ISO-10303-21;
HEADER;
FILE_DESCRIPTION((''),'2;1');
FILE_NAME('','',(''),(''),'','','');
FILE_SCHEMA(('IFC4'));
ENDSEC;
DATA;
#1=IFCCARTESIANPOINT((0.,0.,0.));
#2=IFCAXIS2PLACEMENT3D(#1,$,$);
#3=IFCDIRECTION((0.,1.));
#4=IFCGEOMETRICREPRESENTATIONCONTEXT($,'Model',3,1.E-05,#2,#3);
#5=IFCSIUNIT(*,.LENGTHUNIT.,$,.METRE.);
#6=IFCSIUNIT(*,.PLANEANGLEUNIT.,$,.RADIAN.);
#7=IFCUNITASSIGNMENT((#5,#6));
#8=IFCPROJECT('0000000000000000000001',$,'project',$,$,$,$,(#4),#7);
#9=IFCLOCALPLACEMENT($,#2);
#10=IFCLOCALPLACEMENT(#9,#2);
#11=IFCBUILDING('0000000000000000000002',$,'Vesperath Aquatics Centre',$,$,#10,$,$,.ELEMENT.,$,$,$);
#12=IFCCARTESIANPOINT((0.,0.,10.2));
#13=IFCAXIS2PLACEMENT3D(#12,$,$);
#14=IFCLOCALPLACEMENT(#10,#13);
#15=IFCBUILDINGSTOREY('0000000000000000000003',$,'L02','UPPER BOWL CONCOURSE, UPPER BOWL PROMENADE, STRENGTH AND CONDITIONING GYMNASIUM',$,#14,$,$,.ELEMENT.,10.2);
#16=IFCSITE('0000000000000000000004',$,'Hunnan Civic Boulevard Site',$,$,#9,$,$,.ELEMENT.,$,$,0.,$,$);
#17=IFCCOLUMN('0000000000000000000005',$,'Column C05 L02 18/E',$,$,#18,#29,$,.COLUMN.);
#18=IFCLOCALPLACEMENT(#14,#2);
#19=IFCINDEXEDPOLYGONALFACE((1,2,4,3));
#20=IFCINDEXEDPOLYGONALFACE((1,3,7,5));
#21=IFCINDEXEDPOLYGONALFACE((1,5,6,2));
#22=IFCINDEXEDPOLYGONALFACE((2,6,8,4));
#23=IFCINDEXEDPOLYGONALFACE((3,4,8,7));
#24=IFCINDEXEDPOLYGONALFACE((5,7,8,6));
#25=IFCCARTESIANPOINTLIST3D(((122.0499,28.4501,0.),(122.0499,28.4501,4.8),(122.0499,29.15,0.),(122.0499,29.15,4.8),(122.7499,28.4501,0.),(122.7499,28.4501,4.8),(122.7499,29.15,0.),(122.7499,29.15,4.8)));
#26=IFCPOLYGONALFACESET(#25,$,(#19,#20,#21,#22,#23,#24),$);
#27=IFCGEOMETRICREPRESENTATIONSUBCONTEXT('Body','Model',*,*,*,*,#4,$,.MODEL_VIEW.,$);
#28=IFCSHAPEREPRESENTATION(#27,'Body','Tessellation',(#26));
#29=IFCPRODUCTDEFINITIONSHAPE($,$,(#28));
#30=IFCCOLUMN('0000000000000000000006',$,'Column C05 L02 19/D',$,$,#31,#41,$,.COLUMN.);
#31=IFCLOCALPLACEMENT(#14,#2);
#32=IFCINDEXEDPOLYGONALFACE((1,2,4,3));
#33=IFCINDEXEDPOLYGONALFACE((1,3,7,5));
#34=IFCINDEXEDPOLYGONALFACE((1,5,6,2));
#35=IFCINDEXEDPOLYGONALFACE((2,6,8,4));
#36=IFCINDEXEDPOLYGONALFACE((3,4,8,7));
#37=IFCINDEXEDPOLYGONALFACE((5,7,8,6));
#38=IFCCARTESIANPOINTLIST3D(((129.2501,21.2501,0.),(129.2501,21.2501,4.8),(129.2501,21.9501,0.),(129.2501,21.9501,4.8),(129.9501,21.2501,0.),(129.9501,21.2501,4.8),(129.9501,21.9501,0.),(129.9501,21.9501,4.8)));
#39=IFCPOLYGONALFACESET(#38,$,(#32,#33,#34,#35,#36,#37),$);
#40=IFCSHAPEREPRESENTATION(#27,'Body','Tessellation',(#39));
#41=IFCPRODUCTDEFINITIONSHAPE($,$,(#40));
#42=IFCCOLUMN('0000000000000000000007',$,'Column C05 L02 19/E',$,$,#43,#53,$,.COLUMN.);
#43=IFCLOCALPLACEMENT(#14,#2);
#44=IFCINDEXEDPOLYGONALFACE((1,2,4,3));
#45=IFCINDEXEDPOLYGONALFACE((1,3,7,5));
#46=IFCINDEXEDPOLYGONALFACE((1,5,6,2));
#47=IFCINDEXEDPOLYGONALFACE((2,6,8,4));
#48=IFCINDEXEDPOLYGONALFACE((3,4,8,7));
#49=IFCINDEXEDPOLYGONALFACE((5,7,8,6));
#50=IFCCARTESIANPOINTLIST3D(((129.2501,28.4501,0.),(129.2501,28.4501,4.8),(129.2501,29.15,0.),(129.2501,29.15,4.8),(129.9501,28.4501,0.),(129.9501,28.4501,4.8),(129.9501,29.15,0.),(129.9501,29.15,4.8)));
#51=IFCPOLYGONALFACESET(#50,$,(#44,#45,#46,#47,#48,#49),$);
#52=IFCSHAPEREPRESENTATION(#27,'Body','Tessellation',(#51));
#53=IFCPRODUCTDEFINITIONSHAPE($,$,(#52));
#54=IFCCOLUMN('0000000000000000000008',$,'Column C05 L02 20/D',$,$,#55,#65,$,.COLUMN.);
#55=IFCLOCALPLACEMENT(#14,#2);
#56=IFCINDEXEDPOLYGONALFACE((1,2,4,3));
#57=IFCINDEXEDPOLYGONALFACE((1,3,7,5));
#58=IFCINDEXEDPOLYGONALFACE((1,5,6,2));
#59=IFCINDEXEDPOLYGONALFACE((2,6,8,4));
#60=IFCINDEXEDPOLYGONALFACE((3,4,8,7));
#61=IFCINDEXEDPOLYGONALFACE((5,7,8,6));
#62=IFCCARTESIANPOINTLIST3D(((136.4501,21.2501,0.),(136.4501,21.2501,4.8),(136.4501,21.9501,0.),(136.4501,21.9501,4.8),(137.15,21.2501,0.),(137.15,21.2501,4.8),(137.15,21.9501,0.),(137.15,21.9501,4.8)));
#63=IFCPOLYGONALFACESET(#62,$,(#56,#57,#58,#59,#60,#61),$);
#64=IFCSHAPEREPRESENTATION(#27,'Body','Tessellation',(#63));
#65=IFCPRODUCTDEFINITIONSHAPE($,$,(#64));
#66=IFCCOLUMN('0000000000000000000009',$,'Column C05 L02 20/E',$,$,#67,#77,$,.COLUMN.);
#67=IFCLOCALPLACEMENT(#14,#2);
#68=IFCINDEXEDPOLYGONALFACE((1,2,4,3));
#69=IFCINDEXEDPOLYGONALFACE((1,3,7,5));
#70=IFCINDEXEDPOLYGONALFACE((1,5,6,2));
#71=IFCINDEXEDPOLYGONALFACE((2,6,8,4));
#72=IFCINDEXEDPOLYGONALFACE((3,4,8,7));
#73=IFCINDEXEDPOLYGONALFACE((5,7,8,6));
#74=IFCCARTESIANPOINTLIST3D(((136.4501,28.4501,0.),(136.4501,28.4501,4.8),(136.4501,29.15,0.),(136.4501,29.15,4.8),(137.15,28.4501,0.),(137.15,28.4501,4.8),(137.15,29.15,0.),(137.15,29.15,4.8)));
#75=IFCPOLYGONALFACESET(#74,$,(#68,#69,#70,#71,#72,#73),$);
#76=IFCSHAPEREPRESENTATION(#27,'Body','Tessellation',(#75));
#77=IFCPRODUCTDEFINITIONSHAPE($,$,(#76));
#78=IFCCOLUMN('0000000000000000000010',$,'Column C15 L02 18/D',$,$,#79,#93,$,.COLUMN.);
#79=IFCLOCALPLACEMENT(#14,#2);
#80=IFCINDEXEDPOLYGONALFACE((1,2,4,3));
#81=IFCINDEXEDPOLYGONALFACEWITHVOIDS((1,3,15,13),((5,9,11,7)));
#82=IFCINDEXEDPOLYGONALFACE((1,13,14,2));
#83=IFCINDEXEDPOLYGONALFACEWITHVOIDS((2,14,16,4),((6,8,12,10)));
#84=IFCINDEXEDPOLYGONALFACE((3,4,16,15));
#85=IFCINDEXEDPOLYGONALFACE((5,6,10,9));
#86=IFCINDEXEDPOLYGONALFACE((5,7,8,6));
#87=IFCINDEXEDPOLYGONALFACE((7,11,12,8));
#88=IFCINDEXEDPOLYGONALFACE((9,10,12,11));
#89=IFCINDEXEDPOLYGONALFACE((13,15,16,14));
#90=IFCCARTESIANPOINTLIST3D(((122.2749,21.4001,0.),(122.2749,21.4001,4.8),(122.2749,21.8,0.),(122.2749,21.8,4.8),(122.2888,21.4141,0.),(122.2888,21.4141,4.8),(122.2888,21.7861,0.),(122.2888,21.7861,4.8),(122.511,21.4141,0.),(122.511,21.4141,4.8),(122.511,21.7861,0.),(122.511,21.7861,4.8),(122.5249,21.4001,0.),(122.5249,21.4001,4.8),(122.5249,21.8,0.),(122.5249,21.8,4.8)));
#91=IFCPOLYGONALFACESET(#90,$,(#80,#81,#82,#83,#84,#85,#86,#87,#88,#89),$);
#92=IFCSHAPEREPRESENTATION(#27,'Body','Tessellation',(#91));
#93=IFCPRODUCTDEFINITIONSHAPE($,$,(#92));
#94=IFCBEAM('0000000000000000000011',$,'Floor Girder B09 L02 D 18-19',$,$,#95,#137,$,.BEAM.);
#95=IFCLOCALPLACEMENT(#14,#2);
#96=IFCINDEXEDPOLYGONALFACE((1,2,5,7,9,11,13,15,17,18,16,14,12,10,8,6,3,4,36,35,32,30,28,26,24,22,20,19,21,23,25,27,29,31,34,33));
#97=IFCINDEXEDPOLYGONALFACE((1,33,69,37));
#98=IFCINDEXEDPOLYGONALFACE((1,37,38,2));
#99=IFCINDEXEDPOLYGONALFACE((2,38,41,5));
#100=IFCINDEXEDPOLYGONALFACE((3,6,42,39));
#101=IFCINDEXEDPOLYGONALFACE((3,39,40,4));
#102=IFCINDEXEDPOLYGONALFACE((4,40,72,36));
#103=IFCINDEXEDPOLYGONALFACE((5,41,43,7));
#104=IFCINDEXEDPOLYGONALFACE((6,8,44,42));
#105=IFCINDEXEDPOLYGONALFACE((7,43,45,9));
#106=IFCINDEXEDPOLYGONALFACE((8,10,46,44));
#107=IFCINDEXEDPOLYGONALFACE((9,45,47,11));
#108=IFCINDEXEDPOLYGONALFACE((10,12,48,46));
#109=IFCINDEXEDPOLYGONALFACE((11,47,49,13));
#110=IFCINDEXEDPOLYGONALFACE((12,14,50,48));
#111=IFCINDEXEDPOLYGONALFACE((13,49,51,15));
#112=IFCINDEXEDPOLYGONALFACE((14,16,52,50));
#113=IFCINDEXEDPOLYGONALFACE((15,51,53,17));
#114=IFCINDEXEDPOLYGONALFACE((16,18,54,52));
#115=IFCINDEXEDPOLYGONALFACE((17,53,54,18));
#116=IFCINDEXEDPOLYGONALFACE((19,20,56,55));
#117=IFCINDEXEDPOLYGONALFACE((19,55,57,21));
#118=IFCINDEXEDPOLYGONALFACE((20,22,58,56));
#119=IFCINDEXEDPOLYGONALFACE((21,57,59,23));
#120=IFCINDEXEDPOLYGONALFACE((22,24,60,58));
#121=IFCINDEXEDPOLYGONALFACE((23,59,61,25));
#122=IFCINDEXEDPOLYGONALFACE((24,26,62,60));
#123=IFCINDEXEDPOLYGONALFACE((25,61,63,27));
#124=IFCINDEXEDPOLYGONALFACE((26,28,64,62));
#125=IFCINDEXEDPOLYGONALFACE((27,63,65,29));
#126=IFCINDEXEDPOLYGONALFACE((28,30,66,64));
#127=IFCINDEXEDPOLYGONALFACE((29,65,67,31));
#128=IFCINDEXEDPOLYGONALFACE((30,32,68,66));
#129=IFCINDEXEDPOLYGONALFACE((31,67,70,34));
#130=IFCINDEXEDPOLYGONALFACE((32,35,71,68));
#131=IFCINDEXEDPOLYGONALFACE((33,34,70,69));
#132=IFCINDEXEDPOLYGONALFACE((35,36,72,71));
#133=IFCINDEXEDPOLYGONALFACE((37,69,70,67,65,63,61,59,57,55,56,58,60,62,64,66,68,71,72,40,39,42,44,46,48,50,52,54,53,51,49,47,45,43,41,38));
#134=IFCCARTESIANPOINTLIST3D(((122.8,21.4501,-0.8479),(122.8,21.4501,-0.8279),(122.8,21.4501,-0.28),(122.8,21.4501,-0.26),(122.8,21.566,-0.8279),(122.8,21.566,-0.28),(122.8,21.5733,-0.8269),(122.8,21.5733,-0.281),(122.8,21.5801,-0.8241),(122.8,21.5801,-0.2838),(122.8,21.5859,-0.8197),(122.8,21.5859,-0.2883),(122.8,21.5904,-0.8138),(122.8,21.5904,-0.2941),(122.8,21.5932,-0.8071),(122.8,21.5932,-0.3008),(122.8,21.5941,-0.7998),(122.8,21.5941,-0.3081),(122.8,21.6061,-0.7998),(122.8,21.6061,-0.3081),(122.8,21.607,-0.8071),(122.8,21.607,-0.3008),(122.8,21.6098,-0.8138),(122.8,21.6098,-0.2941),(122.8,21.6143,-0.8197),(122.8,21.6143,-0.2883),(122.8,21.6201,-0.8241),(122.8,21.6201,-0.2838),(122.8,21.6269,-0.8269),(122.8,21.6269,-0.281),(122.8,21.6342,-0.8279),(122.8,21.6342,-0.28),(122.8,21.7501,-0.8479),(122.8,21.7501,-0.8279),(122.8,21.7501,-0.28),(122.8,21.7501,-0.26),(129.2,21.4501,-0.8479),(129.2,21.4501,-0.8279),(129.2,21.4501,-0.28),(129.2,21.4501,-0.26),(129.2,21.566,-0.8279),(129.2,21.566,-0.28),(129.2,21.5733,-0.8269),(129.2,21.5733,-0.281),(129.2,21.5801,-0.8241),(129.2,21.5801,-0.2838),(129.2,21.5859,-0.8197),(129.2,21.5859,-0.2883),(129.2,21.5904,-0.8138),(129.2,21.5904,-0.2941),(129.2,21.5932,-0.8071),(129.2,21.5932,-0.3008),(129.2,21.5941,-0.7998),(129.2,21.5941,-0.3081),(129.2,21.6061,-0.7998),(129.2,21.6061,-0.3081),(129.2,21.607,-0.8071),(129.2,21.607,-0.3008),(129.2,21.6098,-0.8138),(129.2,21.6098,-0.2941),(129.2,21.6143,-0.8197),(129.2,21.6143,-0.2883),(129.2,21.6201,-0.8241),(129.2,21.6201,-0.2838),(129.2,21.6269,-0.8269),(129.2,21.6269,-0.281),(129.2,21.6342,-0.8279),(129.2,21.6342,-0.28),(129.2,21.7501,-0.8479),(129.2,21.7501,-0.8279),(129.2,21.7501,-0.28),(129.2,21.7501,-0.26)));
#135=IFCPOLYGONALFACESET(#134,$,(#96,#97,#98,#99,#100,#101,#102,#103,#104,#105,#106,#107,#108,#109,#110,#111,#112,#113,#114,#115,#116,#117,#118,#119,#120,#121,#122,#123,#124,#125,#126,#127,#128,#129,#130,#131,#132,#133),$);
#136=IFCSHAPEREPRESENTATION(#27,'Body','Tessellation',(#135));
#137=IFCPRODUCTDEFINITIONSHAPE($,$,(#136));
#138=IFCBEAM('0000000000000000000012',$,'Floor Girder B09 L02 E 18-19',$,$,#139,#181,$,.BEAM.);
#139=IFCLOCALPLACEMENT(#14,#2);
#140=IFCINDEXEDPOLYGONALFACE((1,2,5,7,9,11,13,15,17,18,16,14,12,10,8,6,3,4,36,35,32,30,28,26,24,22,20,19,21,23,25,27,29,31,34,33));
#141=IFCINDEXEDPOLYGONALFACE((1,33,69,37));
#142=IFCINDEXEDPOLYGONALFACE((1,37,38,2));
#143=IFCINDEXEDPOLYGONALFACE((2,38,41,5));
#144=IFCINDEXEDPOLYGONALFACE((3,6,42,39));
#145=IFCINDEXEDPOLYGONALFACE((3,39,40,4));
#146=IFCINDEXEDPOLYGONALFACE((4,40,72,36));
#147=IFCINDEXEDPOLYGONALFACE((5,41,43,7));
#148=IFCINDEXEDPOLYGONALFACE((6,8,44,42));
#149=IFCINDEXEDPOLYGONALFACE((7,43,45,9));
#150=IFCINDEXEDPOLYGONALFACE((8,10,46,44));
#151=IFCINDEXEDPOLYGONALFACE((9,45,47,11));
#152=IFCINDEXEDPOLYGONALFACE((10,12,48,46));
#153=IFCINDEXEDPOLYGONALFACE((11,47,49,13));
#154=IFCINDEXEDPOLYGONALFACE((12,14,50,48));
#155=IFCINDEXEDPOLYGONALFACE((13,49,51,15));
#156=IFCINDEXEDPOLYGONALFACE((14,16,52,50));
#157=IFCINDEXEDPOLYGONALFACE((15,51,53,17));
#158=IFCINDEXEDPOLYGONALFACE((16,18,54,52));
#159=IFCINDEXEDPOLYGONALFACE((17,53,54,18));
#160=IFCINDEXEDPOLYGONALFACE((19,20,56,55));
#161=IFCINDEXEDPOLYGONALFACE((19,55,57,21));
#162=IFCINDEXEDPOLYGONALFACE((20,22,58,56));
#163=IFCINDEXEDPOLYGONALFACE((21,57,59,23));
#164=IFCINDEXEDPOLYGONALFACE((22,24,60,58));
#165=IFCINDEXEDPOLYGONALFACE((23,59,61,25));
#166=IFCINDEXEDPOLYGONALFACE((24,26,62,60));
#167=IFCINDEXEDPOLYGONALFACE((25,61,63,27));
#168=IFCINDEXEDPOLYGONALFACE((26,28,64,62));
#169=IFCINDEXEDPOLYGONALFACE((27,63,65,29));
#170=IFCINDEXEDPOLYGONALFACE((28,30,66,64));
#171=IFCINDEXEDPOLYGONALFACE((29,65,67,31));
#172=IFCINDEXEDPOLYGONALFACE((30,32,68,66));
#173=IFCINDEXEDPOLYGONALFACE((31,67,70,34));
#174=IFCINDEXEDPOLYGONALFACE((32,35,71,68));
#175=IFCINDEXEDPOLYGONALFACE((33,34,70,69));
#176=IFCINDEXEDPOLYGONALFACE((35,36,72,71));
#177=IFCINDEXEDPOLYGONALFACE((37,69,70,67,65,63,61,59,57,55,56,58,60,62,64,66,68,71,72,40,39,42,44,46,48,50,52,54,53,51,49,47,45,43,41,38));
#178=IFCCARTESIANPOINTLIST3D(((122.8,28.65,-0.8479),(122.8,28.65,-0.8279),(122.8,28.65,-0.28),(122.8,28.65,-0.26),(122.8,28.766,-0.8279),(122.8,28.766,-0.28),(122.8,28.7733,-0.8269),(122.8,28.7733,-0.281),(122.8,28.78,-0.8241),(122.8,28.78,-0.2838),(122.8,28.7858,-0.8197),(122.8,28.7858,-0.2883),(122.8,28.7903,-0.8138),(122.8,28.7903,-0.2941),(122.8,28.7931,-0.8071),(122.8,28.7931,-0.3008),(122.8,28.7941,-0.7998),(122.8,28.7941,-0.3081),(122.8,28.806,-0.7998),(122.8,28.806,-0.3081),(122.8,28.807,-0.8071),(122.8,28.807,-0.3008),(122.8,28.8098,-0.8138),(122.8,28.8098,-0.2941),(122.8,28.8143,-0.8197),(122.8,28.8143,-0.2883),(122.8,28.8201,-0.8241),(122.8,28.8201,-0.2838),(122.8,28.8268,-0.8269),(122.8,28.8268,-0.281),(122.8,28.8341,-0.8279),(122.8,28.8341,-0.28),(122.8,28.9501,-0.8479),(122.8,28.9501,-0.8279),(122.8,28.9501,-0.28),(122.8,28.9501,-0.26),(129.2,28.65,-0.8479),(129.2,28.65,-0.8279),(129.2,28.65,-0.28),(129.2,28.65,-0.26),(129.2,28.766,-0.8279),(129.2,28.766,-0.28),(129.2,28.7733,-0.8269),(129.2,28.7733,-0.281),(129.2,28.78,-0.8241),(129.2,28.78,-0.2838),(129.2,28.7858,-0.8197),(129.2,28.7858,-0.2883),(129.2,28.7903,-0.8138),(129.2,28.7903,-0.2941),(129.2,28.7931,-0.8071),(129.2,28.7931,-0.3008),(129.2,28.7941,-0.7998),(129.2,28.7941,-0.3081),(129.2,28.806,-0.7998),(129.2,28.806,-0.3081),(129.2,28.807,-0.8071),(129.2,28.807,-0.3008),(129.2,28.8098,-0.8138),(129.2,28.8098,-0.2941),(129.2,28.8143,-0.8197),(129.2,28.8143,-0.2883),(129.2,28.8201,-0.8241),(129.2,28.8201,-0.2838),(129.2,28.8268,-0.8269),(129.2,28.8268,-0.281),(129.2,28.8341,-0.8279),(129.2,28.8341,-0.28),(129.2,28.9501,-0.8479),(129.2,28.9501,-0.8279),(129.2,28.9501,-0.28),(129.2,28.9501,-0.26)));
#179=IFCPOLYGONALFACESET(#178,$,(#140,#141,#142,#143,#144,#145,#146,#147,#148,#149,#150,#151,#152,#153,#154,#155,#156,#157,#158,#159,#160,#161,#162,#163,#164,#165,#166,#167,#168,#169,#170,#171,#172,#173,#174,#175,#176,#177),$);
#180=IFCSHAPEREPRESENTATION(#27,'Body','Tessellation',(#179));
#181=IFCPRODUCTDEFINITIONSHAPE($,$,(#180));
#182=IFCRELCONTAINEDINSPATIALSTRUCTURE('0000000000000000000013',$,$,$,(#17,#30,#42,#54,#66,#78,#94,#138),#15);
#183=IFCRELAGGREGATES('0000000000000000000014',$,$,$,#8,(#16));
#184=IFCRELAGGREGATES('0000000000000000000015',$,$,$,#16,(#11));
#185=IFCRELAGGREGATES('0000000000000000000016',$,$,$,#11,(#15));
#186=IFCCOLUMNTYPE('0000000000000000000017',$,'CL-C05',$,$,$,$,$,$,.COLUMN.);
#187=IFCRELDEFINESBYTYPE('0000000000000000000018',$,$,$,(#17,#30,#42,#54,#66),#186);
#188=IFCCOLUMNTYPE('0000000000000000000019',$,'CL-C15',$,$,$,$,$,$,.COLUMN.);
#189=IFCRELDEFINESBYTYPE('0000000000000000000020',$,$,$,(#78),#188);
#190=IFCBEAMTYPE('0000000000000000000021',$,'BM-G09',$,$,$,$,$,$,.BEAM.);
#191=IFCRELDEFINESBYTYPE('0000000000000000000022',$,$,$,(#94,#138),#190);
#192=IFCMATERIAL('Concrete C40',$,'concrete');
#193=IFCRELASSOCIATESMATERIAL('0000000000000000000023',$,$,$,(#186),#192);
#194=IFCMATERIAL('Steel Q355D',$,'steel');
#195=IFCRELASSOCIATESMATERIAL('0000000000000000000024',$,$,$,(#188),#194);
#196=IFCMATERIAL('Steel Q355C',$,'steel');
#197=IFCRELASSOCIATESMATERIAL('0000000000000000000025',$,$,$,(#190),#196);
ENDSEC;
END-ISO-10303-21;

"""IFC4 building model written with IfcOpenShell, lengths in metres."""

from ifc_helpers import new_model, si_unit, direction, frame, origin, origin_2d, place, context, subcontext, project, spatial, rectangle, hollow_rectangle, i_section, extrude, material, material_profile, profile_set, type_object, element, save


model = new_model("IFC4")

# Units and contexts
model_context = context("Model", 3, precision=1e-05, world=origin(), true_north=direction((0.0, 1.0)))
body_context = subcontext(model_context, "Body", "Model", "MODEL_VIEW")
ifc_project = project(units=[si_unit("LENGTHUNIT", "METRE"), si_unit("PLANEANGLEUNIT", "RADIAN")], contexts=[model_context])

# Site, building, storey
site_placement = place(None, origin())
site = spatial("IfcSite", under=ifc_project, at=site_placement, Name="Hunnan Civic Boulevard Site", CompositionType="ELEMENT", RefElevation=0.0)
building_placement = place(site_placement, origin())
building = spatial("IfcBuilding", under=site, at=building_placement, Name="Vesperath Aquatics Centre", CompositionType="ELEMENT")
storey_placement = place(building_placement, frame((0.0, 0.0, 10.2)))
storey = spatial("IfcBuildingStorey", under=building, at=storey_placement, Name="L02", Description="UPPER BOWL CONCOURSE, UPPER BOWL PROMENADE, STRENGTH AND CONDITIONING GYMNASIUM", CompositionType="ELEMENT", Elevation=10.2)

# Columns
ifc_material_1 = material(Name="Concrete C40", Category="concrete")
ifc_material_profile_1 = material_profile(ifc_material_1, rectangle(XDim=0.7, YDim=0.7, at=origin_2d()), Name="RC 700x700")
ifc_profile_set_1 = profile_set([ifc_material_profile_1], Name="Concrete C40")
column_type_1 = type_object("IfcColumnType", Name="CL-C05", PredefinedType="COLUMN", material=ifc_profile_set_1)
for number, where, z_axis, x_axis, name in (
    (1, (122.3999, 28.8, 0.0), (0.0, 0.0, 1.0), (1.0, 0.0, 0.0), "Column C05 L02 18/E"),
    (2, (129.6001, 21.6001, 0.0), (0.0, 0.0, 1.0), (1.0, 0.0, 0.0), "Column C05 L02 19/D"),
    (3, (129.6001, 28.8, 0.0), (0.0, 0.0, 1.0), (1.0, 0.0, 0.0), "Column C05 L02 19/E"),
    (4, (136.8, 21.6001, 0.0), (0.0, 0.0, 1.0), (1.0, 0.0, 0.0), "Column C05 L02 20/D"),
    (5, (136.8, 28.8, 0.0), (0.0, 0.0, 1.0), (1.0, 0.0, 0.0), "Column C05 L02 20/E"),
):
    element("IfcColumn", number, at=place(storey_placement, frame(where, z_axis=z_axis, x_axis=x_axis)), inside=storey, type_object=column_type_1, Name=name, PredefinedType="COLUMN", context=body_context, shape_type="SweptSolid", body=[
        extrude(rectangle(XDim=0.7, YDim=0.7, at=origin_2d()), origin(), (0.0, 0.0, 1.0), 4.8),
    ])
ifc_material_2 = material(Name="Steel Q355D", Category="steel")
ifc_material_profile_2 = material_profile(ifc_material_2, hollow_rectangle(XDim=0.25, YDim=0.3999, WallThickness=0.0139, at=origin_2d()), Name="RHS 400x250x14")
ifc_profile_set_2 = profile_set([ifc_material_profile_2], Name="Steel Q355D")
column_type_2 = type_object("IfcColumnType", Name="CL-C15", PredefinedType="COLUMN", material=ifc_profile_set_2)
column_placement = place(storey_placement, frame((122.3999, 21.6001, 0.0), z_axis=(0.0, 0.0, 1.0), x_axis=(1.0, 0.0, 0.0)))
element("IfcColumn", 6, at=column_placement, inside=storey, type_object=column_type_2, Name="Column C15 L02 18/D", PredefinedType="COLUMN", context=body_context, shape_type="SweptSolid", body=[
    extrude(hollow_rectangle(XDim=0.25, YDim=0.3999, WallThickness=0.0139, at=origin_2d()), origin(), (0.0, 0.0, 1.0), 4.8),
])

# Beams
ifc_material_3 = material(Name="Steel Q355C", Category="steel")
ifc_material_profile_3 = material_profile(ifc_material_3, i_section(OverallWidth=0.3, OverallDepth=0.5879, WebThickness=0.012, FlangeThickness=0.02, FilletRadius=0.0281, at=origin_2d()), Name="HM 588x300x12x20")
ifc_profile_set_3 = profile_set([ifc_material_profile_3], Name="Steel Q355C")
beam_type_1 = type_object("IfcBeamType", Name="BM-G09", PredefinedType="BEAM", material=ifc_profile_set_3)
for number, where, z_axis, x_axis, name in (
    (7, (122.8, 21.6001, -0.554), (1.0, 0.0, 0.0), (0.0, 1.0, 0.0), "Floor Girder B09 L02 D 18-19"),
    (8, (122.8, 28.8, -0.554), (1.0, 0.0, 0.0), (0.0, 1.0, 0.0), "Floor Girder B09 L02 E 18-19"),
):
    element("IfcBeam", number, at=place(storey_placement, frame(where, z_axis=z_axis, x_axis=x_axis)), inside=storey, type_object=beam_type_1, Name=name, PredefinedType="BEAM", context=body_context, shape_type="SweptSolid", body=[
        extrude(i_section(OverallWidth=0.3, OverallDepth=0.5879, WebThickness=0.012, FlangeThickness=0.02, FilletRadius=0.0281, at=origin_2d()), origin(), (0.0, 0.0, 1.0), 6.3999),
    ])

save(model, "model.ifc")
